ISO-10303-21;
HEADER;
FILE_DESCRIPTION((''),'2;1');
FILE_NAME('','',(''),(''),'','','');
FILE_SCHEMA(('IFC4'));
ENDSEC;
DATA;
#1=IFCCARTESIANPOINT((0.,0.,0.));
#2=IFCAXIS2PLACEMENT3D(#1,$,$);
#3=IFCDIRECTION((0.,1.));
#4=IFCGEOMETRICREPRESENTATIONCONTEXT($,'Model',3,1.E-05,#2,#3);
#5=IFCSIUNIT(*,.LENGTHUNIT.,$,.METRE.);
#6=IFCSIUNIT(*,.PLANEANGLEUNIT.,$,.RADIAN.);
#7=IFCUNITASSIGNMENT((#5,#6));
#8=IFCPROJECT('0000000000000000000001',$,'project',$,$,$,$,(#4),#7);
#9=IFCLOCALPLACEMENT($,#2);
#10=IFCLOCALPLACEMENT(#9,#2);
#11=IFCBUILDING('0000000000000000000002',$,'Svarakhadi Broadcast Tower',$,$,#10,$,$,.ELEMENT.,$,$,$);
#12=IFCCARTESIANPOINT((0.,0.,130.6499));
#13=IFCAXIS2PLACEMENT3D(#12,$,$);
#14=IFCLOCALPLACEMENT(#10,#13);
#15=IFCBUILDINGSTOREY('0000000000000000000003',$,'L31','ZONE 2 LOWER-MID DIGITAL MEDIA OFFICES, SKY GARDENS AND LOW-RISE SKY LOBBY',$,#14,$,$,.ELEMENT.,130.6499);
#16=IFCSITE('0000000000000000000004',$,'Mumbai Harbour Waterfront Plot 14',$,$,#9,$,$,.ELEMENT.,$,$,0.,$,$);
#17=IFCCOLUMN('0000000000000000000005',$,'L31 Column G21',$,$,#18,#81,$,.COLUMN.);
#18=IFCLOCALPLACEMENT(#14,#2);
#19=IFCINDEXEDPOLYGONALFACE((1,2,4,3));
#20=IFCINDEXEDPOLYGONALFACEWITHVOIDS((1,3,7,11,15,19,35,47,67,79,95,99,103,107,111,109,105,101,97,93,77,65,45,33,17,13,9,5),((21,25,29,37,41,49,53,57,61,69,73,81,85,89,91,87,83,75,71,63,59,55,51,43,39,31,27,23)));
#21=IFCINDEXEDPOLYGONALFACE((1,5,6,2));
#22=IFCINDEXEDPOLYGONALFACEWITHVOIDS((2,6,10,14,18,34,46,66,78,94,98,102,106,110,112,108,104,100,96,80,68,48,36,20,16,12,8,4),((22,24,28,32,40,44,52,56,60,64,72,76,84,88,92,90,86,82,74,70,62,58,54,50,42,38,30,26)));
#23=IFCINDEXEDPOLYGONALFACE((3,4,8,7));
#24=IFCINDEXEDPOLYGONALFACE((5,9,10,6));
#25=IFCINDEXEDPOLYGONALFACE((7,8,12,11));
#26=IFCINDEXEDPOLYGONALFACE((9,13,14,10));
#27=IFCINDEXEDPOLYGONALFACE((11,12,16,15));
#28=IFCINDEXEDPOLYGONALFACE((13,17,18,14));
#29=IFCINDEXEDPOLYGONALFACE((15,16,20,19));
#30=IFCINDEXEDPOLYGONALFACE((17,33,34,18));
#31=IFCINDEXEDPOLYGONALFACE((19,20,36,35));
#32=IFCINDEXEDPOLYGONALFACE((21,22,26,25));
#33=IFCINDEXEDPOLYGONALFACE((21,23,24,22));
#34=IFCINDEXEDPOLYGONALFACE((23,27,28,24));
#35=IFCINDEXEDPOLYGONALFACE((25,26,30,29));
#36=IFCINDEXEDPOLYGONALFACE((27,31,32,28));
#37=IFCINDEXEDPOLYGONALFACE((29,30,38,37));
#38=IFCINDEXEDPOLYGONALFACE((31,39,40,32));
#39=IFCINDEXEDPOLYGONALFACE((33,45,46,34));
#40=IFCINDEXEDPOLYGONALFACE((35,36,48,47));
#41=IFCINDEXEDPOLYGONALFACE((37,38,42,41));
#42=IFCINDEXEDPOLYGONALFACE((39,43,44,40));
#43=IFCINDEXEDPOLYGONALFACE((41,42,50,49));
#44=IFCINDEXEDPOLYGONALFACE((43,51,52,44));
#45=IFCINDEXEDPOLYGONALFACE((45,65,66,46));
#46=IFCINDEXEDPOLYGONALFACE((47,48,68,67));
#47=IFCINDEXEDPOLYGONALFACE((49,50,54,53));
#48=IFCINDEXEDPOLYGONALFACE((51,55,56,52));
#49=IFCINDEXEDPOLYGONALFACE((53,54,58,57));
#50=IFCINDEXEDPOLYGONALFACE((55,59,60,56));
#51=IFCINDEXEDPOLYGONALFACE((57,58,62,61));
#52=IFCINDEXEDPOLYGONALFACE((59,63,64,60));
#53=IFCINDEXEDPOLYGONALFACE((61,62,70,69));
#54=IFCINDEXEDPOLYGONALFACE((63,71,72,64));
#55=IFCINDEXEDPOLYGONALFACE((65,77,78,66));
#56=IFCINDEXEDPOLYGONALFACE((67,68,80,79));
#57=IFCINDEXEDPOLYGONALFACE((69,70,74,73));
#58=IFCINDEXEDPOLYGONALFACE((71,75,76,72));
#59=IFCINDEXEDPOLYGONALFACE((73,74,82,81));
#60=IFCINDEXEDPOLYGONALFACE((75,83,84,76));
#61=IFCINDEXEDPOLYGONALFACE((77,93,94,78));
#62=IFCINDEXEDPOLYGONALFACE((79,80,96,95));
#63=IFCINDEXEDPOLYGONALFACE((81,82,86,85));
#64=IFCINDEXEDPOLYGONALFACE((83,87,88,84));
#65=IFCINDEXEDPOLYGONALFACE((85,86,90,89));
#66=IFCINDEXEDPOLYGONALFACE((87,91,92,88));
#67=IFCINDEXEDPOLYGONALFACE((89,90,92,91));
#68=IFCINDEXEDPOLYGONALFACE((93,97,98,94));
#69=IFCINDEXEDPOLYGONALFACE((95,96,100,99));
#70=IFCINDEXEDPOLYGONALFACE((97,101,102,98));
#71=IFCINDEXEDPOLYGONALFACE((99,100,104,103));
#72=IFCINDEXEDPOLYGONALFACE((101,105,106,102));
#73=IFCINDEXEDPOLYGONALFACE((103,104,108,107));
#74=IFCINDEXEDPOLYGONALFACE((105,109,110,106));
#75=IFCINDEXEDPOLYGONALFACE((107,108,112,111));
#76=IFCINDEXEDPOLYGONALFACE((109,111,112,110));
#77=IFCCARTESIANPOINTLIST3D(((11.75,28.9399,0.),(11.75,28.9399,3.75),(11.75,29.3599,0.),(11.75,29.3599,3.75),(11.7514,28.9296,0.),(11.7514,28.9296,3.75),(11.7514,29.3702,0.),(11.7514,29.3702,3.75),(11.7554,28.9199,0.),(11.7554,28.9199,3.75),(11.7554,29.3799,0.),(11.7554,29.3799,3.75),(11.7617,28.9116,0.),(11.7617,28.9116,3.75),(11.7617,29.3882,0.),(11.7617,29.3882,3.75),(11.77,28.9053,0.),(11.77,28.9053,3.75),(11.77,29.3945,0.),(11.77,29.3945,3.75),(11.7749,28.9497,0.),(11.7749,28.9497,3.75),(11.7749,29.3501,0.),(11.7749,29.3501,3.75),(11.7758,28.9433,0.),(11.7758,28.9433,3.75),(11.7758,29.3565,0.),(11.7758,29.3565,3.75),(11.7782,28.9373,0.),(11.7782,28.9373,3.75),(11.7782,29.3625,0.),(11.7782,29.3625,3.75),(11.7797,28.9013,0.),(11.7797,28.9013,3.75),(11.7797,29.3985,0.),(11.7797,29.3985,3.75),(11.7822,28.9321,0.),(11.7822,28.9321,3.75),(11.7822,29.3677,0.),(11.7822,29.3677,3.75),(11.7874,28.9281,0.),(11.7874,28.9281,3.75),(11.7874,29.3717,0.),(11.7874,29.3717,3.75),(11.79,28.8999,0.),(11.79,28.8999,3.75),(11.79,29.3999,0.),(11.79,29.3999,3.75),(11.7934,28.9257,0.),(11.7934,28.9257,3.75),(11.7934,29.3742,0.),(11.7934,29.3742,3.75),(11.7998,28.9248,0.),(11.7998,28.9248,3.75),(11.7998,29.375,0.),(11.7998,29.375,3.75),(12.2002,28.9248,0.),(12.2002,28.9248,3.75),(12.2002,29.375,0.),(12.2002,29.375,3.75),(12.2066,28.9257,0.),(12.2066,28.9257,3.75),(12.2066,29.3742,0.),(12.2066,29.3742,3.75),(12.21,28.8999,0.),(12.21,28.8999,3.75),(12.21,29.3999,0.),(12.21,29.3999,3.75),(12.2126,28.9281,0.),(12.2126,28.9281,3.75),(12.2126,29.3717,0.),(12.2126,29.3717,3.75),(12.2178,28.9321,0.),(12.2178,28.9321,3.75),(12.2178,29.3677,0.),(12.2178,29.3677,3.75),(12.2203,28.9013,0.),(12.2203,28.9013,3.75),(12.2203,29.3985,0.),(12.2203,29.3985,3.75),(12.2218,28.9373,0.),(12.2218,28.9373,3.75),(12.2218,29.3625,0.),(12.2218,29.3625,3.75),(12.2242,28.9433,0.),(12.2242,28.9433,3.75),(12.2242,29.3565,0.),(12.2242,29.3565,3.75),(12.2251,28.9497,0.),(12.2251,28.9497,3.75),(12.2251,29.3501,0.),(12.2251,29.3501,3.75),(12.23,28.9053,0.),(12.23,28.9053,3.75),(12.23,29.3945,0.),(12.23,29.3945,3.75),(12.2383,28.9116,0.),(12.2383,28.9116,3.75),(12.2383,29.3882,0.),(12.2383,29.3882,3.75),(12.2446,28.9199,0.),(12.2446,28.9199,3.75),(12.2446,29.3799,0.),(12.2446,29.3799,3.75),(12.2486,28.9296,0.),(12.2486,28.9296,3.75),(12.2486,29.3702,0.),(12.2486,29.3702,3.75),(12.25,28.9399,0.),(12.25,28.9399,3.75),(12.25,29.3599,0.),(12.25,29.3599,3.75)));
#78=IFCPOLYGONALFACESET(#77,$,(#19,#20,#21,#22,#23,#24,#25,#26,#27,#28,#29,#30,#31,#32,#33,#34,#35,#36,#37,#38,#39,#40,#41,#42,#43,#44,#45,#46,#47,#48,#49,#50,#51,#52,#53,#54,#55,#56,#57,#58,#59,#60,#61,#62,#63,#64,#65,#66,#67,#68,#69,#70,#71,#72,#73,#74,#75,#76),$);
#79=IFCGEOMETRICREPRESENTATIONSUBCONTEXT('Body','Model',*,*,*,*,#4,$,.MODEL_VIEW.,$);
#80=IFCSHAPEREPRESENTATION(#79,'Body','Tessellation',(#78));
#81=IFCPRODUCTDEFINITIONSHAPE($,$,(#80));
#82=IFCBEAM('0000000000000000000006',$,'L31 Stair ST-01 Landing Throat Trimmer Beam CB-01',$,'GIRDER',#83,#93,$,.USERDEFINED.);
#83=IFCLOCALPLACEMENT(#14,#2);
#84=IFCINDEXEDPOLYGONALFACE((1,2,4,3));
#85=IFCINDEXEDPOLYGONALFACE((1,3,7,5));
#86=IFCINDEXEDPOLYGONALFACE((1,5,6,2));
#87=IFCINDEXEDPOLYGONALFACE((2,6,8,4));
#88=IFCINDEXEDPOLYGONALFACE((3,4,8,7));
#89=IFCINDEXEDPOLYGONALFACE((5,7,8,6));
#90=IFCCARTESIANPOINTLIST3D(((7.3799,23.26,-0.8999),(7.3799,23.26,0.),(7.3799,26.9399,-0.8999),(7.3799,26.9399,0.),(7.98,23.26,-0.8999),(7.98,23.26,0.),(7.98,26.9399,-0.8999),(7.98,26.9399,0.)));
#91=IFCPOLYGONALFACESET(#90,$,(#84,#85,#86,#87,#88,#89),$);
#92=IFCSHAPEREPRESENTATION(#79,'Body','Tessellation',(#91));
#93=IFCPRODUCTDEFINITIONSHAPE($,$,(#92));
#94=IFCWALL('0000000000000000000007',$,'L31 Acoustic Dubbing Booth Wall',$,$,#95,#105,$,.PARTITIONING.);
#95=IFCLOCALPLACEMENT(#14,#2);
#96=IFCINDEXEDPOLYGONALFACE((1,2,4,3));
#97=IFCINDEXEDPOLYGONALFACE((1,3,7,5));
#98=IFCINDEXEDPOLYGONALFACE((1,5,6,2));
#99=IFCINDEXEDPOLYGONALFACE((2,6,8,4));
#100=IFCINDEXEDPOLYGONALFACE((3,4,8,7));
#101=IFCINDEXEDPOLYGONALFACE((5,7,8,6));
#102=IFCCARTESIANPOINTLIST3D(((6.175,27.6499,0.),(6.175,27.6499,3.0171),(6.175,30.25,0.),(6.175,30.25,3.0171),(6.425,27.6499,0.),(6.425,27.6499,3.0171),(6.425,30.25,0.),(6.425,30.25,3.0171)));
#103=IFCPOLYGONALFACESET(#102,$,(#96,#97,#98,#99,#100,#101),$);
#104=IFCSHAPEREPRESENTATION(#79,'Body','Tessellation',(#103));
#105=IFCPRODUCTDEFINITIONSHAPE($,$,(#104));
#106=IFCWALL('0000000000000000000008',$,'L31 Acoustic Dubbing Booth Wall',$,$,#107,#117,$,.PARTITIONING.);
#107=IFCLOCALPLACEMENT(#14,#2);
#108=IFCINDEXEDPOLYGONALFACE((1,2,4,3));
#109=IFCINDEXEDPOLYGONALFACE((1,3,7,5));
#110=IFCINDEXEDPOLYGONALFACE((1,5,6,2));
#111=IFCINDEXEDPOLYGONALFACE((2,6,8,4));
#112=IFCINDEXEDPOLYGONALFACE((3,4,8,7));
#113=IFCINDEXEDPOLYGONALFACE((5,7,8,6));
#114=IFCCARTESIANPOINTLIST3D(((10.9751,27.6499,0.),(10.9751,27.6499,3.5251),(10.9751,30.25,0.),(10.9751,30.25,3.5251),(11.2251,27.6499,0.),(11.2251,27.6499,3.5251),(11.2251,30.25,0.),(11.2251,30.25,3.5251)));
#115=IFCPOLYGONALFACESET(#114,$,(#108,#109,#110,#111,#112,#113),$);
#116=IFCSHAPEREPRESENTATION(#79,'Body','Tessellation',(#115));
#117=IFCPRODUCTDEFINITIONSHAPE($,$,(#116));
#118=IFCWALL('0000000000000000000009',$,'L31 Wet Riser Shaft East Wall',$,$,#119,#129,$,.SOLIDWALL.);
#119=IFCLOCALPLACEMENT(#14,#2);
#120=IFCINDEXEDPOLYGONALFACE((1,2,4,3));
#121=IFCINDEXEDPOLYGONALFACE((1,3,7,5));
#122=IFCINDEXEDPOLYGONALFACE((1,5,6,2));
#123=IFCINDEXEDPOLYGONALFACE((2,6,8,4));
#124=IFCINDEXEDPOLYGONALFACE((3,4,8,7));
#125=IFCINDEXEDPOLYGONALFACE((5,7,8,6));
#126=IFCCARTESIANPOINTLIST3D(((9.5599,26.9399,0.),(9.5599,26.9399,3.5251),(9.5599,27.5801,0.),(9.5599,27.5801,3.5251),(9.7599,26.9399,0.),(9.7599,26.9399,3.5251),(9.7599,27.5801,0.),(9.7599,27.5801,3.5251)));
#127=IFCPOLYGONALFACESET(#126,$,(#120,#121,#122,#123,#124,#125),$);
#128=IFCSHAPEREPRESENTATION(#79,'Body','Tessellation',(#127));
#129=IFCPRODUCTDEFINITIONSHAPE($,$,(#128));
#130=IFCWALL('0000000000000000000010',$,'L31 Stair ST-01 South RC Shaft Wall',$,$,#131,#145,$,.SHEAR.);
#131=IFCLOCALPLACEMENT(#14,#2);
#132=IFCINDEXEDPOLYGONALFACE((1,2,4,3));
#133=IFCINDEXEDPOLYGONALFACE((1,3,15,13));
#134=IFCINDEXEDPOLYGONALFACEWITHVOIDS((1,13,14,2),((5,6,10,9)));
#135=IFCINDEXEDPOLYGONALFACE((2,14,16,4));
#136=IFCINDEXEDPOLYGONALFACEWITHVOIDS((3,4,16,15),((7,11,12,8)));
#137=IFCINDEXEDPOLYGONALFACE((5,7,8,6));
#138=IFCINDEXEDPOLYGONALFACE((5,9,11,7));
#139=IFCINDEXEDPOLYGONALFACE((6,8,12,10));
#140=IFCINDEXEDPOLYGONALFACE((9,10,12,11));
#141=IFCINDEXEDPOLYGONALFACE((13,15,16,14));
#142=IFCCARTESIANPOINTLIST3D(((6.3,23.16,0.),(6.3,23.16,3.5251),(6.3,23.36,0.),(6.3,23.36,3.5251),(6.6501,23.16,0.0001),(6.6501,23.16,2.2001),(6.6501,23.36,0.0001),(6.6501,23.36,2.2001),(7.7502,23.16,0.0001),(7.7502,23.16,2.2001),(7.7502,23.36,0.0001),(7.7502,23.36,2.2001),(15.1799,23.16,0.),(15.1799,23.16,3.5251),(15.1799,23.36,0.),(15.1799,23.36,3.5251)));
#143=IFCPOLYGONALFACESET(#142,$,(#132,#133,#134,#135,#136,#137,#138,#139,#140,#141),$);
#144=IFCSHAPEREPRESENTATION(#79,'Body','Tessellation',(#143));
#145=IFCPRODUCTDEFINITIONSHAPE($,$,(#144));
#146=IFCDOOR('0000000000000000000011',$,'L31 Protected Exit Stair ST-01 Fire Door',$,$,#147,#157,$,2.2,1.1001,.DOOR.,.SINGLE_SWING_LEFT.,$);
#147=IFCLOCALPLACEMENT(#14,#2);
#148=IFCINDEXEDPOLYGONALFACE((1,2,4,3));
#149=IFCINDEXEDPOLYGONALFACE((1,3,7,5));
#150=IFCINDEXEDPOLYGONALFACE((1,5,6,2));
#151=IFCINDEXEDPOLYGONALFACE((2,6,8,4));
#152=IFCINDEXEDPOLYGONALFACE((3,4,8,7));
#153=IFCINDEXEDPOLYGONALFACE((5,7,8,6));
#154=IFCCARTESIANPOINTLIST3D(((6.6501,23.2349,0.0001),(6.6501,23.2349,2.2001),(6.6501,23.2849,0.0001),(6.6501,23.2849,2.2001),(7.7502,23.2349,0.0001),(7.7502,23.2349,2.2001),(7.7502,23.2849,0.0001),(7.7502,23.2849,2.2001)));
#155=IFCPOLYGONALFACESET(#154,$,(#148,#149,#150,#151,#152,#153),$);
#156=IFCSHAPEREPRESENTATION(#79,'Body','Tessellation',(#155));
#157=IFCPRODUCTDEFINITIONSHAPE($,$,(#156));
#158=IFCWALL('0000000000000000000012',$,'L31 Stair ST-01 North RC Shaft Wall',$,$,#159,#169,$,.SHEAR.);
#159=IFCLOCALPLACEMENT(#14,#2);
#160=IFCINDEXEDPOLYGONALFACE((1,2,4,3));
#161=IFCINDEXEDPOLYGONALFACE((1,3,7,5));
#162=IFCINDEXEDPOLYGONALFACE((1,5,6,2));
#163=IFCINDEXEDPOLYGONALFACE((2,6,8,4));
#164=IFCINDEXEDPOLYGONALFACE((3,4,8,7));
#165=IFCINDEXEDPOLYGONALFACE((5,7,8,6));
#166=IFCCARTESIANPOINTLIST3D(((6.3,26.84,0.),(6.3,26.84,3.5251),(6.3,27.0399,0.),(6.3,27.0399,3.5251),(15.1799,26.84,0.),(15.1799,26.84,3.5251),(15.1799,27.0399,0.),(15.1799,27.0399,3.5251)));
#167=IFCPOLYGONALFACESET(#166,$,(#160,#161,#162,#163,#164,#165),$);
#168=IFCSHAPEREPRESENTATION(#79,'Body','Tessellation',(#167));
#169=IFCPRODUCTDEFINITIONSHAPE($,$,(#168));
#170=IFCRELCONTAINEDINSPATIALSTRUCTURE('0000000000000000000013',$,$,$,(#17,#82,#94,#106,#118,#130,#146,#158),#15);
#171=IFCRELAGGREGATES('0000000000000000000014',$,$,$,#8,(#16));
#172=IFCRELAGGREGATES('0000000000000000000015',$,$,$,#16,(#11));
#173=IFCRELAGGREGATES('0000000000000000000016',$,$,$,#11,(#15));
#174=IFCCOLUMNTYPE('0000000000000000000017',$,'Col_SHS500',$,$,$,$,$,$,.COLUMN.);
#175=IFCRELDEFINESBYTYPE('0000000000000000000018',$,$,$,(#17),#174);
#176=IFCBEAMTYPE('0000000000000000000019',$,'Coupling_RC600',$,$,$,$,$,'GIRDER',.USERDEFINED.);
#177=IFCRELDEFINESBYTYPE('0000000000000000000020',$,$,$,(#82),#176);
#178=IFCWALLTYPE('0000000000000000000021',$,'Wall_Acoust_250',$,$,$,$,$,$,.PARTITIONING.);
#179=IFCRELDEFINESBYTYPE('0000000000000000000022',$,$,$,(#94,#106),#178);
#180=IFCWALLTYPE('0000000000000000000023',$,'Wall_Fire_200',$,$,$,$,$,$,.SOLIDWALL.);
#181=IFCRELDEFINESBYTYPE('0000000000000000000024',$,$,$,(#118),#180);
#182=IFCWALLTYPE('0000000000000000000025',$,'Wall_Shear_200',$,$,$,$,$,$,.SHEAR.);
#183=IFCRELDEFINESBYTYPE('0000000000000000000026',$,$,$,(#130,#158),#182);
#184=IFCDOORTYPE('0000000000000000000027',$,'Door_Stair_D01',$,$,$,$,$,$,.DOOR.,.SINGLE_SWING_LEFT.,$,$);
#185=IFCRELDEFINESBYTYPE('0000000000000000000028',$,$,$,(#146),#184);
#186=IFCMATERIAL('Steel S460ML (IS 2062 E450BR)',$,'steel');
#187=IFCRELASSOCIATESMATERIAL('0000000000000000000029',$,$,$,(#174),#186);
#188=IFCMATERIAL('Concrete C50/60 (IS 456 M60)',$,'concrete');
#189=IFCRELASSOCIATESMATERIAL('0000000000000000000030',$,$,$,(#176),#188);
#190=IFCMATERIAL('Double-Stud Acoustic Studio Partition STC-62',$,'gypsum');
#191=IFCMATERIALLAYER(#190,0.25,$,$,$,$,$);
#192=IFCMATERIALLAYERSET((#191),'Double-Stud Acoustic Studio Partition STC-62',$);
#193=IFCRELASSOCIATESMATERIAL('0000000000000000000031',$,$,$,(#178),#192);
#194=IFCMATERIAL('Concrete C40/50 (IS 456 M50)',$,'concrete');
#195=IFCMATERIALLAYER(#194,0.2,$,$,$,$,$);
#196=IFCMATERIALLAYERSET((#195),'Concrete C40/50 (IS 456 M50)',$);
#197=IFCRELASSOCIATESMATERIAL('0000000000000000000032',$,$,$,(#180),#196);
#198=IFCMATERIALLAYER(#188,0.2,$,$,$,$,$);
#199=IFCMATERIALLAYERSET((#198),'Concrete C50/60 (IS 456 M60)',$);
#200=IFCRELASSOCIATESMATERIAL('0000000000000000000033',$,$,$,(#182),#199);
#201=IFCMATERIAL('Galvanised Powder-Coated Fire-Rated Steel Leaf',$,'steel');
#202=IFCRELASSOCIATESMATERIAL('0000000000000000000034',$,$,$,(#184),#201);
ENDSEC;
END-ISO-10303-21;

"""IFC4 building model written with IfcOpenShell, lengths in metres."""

from ifc_helpers import new_model, si_unit, direction, frame, frame_2d, origin, origin_2d, place, context, subcontext, project, spatial, rectangle, hollow_rectangle, extrude, material, layer, layer_set, material_profile, profile_set, type_object, element, fill, save


model = new_model("IFC4")

# Units and contexts
model_context = context("Model", 3, precision=1e-05, world=origin(), true_north=direction((0.0, 1.0)))
body_context = subcontext(model_context, "Body", "Model", "MODEL_VIEW")
ifc_project = project(units=[si_unit("LENGTHUNIT", "METRE"), si_unit("PLANEANGLEUNIT", "RADIAN")], contexts=[model_context])

# Site, building, storey
site_placement = place(None, origin())
site = spatial("IfcSite", under=ifc_project, at=site_placement, Name="Mumbai Harbour Waterfront Plot 14", CompositionType="ELEMENT", RefElevation=0.0)
building_placement = place(site_placement, origin())
building = spatial("IfcBuilding", under=site, at=building_placement, Name="Svarakhadi Broadcast Tower", CompositionType="ELEMENT")
storey_placement = place(building_placement, frame((0.0, 0.0, 130.6499)))
storey = spatial("IfcBuildingStorey", under=building, at=storey_placement, Name="L31", Description="ZONE 2 LOWER-MID DIGITAL MEDIA OFFICES, SKY GARDENS AND LOW-RISE SKY LOBBY", CompositionType="ELEMENT", Elevation=130.6499)

# Column
ifc_material_1 = material(Name="Steel S460ML (IS 2062 E450BR)", Category="steel")
ifc_material_profile_1 = material_profile(ifc_material_1, hollow_rectangle(XDim=0.5, YDim=0.5, WallThickness=0.0249, InnerFilletRadius=0.0249, OuterFilletRadius=0.04, at=origin_2d()), Name="SHS 500x500x25")
ifc_profile_set_1 = profile_set([ifc_material_profile_1], Name="Steel S460ML (IS 2062 E450BR)")
column_type = type_object("IfcColumnType", Name="Col_SHS500", PredefinedType="COLUMN", material=ifc_profile_set_1)
column_placement = place(storey_placement, frame((12.0, 29.1499, 0.0), z_axis=(0.0, 0.0, 1.0), x_axis=(1.0, 0.0, 0.0)))
element("IfcColumn", 1, at=column_placement, inside=storey, type_object=column_type, Name="L31 Column G21", PredefinedType="COLUMN", context=body_context, shape_type="SweptSolid", body=[
    extrude(hollow_rectangle(XDim=0.5, YDim=0.5, WallThickness=0.0249, InnerFilletRadius=0.0249, OuterFilletRadius=0.04, at=origin_2d()), origin(), (0.0, 0.0, 1.0), 3.75),
])

# Beam
ifc_material_2 = material(Name="Concrete C50/60 (IS 456 M60)", Category="concrete")
ifc_material_profile_2 = material_profile(ifc_material_2, rectangle(XDim=0.6001, YDim=0.8999, at=origin_2d()), Name="RC 600x900")
ifc_profile_set_2 = profile_set([ifc_material_profile_2], Name="Concrete C50/60 (IS 456 M60)")
beam_type = type_object("IfcBeamType", Name="Coupling_RC600", ElementType="GIRDER", PredefinedType="USERDEFINED", material=ifc_profile_set_2)
beam_placement = place(storey_placement, frame((7.6799, 23.26, -0.45), z_axis=(0.0, 1.0, 0.0), x_axis=(-1.0, 0.0, 0.0)))
element("IfcBeam", 2, at=beam_placement, inside=storey, type_object=beam_type, Name="L31 Stair ST-01 Landing Throat Trimmer Beam CB-01", ObjectType="GIRDER", PredefinedType="USERDEFINED", context=body_context, shape_type="SweptSolid", body=[
    extrude(rectangle(XDim=0.6001, YDim=0.8999, at=origin_2d()), origin(), (0.0, 0.0, 1.0), 3.6799),
])

# Walls
ifc_material_3 = material(Name="Double-Stud Acoustic Studio Partition STC-62", Category="gypsum")
ifc_layer_1 = layer(ifc_material_3, 0.25)
ifc_layer_set_1 = layer_set([ifc_layer_1], Name="Double-Stud Acoustic Studio Partition STC-62")
wall_type_1 = type_object("IfcWallType", Name="Wall_Acoust_250", PredefinedType="PARTITIONING", material=ifc_layer_set_1)
wall_1_placement = place(storey_placement, frame((6.3, 27.6499, 0.0), z_axis=(0.0, 0.0, 1.0), x_axis=(0.0, 1.0, 0.0)))
element("IfcWall", 3, at=wall_1_placement, inside=storey, type_object=wall_type_1, Name="L31 Acoustic Dubbing Booth Wall", PredefinedType="PARTITIONING", context=body_context, shape_type="SweptSolid", body=[
    extrude(rectangle(XDim=2.6001, YDim=0.25, at=frame_2d((1.3, 0.0))), origin(), (0.0, 0.0, 1.0), 3.0171),
])
wall_2_placement = place(storey_placement, frame((11.1001, 27.6499, 0.0), z_axis=(0.0, 0.0, 1.0), x_axis=(0.0, 1.0, 0.0)))
element("IfcWall", 4, at=wall_2_placement, inside=storey, type_object=wall_type_1, Name="L31 Acoustic Dubbing Booth Wall", PredefinedType="PARTITIONING", context=body_context, shape_type="SweptSolid", body=[
    extrude(rectangle(XDim=2.6001, YDim=0.25, at=frame_2d((1.3, 0.0))), origin(), (0.0, 0.0, 1.0), 3.5251),
])
ifc_material_4 = material(Name="Concrete C40/50 (IS 456 M50)", Category="concrete")
ifc_layer_2 = layer(ifc_material_4, 0.2)
ifc_layer_set_2 = layer_set([ifc_layer_2], Name="Concrete C40/50 (IS 456 M50)")
wall_type_2 = type_object("IfcWallType", Name="Wall_Fire_200", PredefinedType="SOLIDWALL", material=ifc_layer_set_2)
wall_3_placement = place(storey_placement, frame((9.6599, 26.9399, 0.0), z_axis=(0.0, 0.0, 1.0), x_axis=(0.0, 1.0, 0.0)))
element("IfcWall", 5, at=wall_3_placement, inside=storey, type_object=wall_type_2, Name="L31 Wet Riser Shaft East Wall", PredefinedType="SOLIDWALL", context=body_context, shape_type="SweptSolid", body=[
    extrude(rectangle(XDim=0.6401, YDim=0.2, at=frame_2d((0.3201, 0.0))), origin(), (0.0, 0.0, 1.0), 3.5251),
])

# Wall, opening, door
ifc_layer_3 = layer(ifc_material_2, 0.2)
ifc_layer_set_3 = layer_set([ifc_layer_3], Name="Concrete C50/60 (IS 456 M60)")
wall_type_3 = type_object("IfcWallType", Name="Wall_Shear_200", PredefinedType="SHEAR", material=ifc_layer_set_3)
wall_4_placement = place(storey_placement, frame((6.3, 23.26, 0.0), z_axis=(0.0, 0.0, 1.0), x_axis=(1.0, 0.0, 0.0)))
wall_4 = element("IfcWall", 6, at=wall_4_placement, inside=storey, type_object=wall_type_3, Name="L31 Stair ST-01 South RC Shaft Wall", PredefinedType="SHEAR", context=body_context, shape_type="SweptSolid", body=[
    extrude(rectangle(XDim=8.8799, YDim=0.2, at=frame_2d((4.4399, 0.0))), origin(), (0.0, 0.0, 1.0), 3.5251),
])
opening_placement = place(wall_4_placement, frame((0.3501, 0.0, 0.0)))
opening = element("IfcOpeningElement", 7, at=opening_placement, cuts=wall_4, PredefinedType="OPENING", context=body_context, shape_type="SweptSolid", body=[
    extrude(rectangle(XDim=1.1001, YDim=2.2, at=frame_2d((0.55, 1.1001))), frame((0.0, 0.1099, 0.0), z_axis=(0.0, -1.0, 0.0), x_axis=(1.0, 0.0, 0.0)), (0.0, 0.0, 1.0), 0.22),
])
ifc_material_5 = material(Name="Galvanised Powder-Coated Fire-Rated Steel Leaf", Category="steel")
door_type = type_object("IfcDoorType", Name="Door_Stair_D01", OperationType="SINGLE_SWING_LEFT", PredefinedType="DOOR", material=ifc_material_5)
door_placement = place(opening_placement, origin())
door = element("IfcDoor", 8, at=door_placement, inside=storey, type_object=door_type, Name="L31 Protected Exit Stair ST-01 Fire Door", OperationType="SINGLE_SWING_LEFT", OverallHeight=2.2, OverallWidth=1.1001, PredefinedType="DOOR", context=body_context, shape_type="SweptSolid", body=[
    extrude(rectangle(XDim=1.1001, YDim=2.2, at=frame_2d((0.55, 1.1001))), frame((0.0, 0.0249, 0.0), z_axis=(0.0, -1.0, 0.0), x_axis=(1.0, 0.0, 0.0)), (0.0, 0.0, 1.0), 0.05),
])
fill(opening, door)

# Wall
wall_5_placement = place(storey_placement, frame((6.3, 26.9399, 0.0), z_axis=(0.0, 0.0, 1.0), x_axis=(1.0, 0.0, 0.0)))
element("IfcWall", 9, at=wall_5_placement, inside=storey, type_object=wall_type_3, Name="L31 Stair ST-01 North RC Shaft Wall", PredefinedType="SHEAR", context=body_context, shape_type="SweptSolid", body=[
    extrude(rectangle(XDim=8.8799, YDim=0.2, at=frame_2d((4.4399, 0.0))), origin(), (0.0, 0.0, 1.0), 3.5251),
])

save(model, "model.ifc")
